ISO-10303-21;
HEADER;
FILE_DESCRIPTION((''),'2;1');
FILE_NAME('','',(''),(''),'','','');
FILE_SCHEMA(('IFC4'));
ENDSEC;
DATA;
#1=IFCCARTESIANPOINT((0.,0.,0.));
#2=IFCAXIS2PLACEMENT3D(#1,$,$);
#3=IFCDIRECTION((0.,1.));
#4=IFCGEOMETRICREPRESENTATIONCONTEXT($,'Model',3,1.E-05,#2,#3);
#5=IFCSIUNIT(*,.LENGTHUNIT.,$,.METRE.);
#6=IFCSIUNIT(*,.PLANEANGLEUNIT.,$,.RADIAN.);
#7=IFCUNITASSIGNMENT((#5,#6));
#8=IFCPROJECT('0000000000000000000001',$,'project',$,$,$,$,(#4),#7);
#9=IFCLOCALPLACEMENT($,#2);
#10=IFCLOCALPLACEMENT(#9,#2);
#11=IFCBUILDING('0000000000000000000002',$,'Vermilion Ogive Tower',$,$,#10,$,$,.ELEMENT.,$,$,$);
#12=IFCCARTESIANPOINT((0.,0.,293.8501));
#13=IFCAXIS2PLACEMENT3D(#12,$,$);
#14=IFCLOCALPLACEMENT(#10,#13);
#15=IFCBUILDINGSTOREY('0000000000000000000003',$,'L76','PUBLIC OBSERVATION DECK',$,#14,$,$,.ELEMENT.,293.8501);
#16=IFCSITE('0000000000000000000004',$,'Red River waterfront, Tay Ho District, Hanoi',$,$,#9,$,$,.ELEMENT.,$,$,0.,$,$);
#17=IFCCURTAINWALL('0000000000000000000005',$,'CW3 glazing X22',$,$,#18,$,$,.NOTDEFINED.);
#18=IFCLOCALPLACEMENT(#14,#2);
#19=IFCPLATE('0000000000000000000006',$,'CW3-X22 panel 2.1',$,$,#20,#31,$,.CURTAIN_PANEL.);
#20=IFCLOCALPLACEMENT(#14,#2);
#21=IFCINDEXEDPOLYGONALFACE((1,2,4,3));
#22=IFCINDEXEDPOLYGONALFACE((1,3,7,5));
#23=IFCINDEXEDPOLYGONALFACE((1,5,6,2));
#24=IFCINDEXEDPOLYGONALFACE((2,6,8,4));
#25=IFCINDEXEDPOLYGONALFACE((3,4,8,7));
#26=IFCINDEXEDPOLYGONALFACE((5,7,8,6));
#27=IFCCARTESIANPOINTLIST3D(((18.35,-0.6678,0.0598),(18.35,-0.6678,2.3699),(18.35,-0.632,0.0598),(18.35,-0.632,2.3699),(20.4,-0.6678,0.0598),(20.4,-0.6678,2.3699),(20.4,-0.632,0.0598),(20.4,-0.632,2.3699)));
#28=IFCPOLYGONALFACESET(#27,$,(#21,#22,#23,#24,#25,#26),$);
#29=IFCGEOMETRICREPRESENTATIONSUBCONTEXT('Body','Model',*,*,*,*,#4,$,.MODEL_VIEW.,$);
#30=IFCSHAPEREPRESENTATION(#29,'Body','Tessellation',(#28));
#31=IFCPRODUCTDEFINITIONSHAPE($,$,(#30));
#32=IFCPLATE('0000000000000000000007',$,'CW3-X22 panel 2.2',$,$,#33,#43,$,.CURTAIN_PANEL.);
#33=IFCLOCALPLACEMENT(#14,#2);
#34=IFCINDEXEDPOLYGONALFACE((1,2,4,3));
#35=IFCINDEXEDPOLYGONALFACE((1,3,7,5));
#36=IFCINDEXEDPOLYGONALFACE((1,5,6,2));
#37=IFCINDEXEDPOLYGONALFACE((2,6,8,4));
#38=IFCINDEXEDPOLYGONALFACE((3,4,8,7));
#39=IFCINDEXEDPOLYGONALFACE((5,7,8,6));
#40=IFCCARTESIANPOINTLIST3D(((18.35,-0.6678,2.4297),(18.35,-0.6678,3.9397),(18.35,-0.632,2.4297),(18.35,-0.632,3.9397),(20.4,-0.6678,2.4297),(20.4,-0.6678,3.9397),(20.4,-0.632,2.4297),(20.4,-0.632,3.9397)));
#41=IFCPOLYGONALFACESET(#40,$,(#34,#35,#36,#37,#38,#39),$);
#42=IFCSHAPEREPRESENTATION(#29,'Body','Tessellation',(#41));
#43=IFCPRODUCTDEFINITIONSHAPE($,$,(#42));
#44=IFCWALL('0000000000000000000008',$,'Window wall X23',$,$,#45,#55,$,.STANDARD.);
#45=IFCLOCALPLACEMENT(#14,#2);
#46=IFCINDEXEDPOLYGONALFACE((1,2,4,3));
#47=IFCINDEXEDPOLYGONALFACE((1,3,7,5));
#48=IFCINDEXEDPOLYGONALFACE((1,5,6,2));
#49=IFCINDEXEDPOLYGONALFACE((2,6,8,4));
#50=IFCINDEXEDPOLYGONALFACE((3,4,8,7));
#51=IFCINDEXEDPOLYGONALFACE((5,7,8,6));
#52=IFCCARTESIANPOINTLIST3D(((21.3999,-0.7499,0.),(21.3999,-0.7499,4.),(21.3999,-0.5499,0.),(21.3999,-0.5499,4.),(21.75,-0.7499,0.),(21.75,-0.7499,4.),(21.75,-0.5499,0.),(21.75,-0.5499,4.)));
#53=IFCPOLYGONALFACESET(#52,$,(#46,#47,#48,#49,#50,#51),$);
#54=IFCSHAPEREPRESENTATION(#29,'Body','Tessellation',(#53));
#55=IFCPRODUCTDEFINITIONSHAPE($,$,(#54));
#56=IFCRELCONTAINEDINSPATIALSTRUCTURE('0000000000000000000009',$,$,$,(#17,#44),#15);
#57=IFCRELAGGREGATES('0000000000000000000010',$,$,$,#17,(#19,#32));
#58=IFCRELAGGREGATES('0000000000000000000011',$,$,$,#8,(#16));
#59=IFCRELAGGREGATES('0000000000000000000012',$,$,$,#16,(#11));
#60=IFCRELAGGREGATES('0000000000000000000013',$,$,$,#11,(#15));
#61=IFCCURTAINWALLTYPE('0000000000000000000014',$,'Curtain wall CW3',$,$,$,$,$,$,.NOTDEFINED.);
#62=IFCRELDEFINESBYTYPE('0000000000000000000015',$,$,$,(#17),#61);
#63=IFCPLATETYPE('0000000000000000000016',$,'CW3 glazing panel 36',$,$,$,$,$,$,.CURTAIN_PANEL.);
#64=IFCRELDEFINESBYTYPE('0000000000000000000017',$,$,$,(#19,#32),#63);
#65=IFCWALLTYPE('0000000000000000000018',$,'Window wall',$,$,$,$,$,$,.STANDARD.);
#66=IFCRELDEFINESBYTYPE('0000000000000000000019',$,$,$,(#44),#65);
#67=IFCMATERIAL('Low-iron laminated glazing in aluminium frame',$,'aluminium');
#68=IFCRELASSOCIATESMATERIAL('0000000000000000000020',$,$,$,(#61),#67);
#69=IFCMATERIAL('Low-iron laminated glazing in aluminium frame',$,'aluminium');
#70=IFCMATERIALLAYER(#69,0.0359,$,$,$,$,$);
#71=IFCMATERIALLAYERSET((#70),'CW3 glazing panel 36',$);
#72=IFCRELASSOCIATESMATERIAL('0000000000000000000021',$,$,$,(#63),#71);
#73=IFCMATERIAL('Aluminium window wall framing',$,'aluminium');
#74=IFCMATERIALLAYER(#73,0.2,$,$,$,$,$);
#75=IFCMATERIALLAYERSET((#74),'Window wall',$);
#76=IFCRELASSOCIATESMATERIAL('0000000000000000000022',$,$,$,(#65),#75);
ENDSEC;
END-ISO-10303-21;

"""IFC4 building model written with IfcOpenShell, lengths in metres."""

from ifc_helpers import new_model, si_unit, direction, frame, frame_2d, origin, origin_2d, place, context, subcontext, project, spatial, rectangle, extrude, material, layer, layer_set, type_object, element, aggregate, save


model = new_model("IFC4")

# Units and contexts
model_context = context("Model", 3, precision=1e-05, world=origin(), true_north=direction((0.0, 1.0)))
body_context = subcontext(model_context, "Body", "Model", "MODEL_VIEW")
ifc_project = project(units=[si_unit("LENGTHUNIT", "METRE"), si_unit("PLANEANGLEUNIT", "RADIAN")], contexts=[model_context])

# Site, building, storey
site_placement = place(None, origin())
site = spatial("IfcSite", under=ifc_project, at=site_placement, Name="Red River waterfront, Tay Ho District, Hanoi", CompositionType="ELEMENT", RefElevation=0.0)
building_placement = place(site_placement, origin())
building = spatial("IfcBuilding", under=site, at=building_placement, Name="Vermilion Ogive Tower", CompositionType="ELEMENT")
storey_placement = place(building_placement, frame((0.0, 0.0, 293.8501)))
storey = spatial("IfcBuildingStorey", under=building, at=storey_placement, Name="L76", Description="PUBLIC OBSERVATION DECK", CompositionType="ELEMENT", Elevation=293.8501)

# Shared definitions
ifc_material_1 = material(Name="Low-iron laminated glazing in aluminium frame", Category="aluminium")
curtain_wall_type = type_object("IfcCurtainWallType", Name="Curtain wall CW3", PredefinedType="NOTDEFINED", material=ifc_material_1)

# Curtain wall
curtain_wall_1_placement = place(storey_placement, origin())
curtain_wall_1 = element("IfcCurtainWall", 1, at=curtain_wall_1_placement, inside=storey, type_object=curtain_wall_type, Name="CW3 glazing X22", PredefinedType="NOTDEFINED")

# Plates
ifc_material_2 = material(Name="Low-iron laminated glazing in aluminium frame", Category="aluminium")
ifc_layer_1 = layer(ifc_material_2, 0.0359)
ifc_layer_set_1 = layer_set([ifc_layer_1], Name="CW3 glazing panel 36")
plate_type = type_object("IfcPlateType", Name="CW3 glazing panel 36", PredefinedType="CURTAIN_PANEL", material=ifc_layer_set_1)
plate_1_placement = place(storey_placement, frame((19.375, -0.6499, 0.0598), z_axis=(0.0, 0.0, 1.0), x_axis=(1.0, 0.0, 0.0)))
plate_1 = element("IfcPlate", 2, at=plate_1_placement, type_object=plate_type, Name="CW3-X22 panel 2.1", PredefinedType="CURTAIN_PANEL", context=body_context, shape_type="SweptSolid", body=[
    extrude(rectangle(XDim=2.05, YDim=0.0359, at=origin_2d()), origin(), (0.0, 0.0, 1.0), 2.3101),
])
plate_2_placement = place(storey_placement, frame((19.375, -0.6499, 2.4297), z_axis=(0.0, 0.0, 1.0), x_axis=(1.0, 0.0, 0.0)))
plate_2 = element("IfcPlate", 3, at=plate_2_placement, type_object=plate_type, Name="CW3-X22 panel 2.2", PredefinedType="CURTAIN_PANEL", context=body_context, shape_type="SweptSolid", body=[
    extrude(rectangle(XDim=2.05, YDim=0.0359, at=origin_2d()), origin(), (0.0, 0.0, 1.0), 1.51),
])
aggregate(curtain_wall_1, [plate_1, plate_2])

# Wall
ifc_material_3 = material(Name="Aluminium window wall framing", Category="aluminium")
ifc_layer_2 = layer(ifc_material_3, 0.2)
ifc_layer_set_2 = layer_set([ifc_layer_2], Name="Window wall")
wall_type = type_object("IfcWallType", Name="Window wall", PredefinedType="STANDARD", material=ifc_layer_set_2)
wall_placement = place(storey_placement, frame((21.3999, -0.6499, 0.0), z_axis=(0.0, 0.0, 1.0), x_axis=(1.0, 0.0, 0.0)))
element("IfcWall", 4, at=wall_placement, inside=storey, type_object=wall_type, Name="Window wall X23", PredefinedType="STANDARD", context=body_context, shape_type="SweptSolid", body=[
    extrude(rectangle(XDim=0.3501, YDim=0.2, at=frame_2d((0.175, 0.0))), origin(), (0.0, 0.0, 1.0), 4.0),
])

save(model, "model.ifc")
